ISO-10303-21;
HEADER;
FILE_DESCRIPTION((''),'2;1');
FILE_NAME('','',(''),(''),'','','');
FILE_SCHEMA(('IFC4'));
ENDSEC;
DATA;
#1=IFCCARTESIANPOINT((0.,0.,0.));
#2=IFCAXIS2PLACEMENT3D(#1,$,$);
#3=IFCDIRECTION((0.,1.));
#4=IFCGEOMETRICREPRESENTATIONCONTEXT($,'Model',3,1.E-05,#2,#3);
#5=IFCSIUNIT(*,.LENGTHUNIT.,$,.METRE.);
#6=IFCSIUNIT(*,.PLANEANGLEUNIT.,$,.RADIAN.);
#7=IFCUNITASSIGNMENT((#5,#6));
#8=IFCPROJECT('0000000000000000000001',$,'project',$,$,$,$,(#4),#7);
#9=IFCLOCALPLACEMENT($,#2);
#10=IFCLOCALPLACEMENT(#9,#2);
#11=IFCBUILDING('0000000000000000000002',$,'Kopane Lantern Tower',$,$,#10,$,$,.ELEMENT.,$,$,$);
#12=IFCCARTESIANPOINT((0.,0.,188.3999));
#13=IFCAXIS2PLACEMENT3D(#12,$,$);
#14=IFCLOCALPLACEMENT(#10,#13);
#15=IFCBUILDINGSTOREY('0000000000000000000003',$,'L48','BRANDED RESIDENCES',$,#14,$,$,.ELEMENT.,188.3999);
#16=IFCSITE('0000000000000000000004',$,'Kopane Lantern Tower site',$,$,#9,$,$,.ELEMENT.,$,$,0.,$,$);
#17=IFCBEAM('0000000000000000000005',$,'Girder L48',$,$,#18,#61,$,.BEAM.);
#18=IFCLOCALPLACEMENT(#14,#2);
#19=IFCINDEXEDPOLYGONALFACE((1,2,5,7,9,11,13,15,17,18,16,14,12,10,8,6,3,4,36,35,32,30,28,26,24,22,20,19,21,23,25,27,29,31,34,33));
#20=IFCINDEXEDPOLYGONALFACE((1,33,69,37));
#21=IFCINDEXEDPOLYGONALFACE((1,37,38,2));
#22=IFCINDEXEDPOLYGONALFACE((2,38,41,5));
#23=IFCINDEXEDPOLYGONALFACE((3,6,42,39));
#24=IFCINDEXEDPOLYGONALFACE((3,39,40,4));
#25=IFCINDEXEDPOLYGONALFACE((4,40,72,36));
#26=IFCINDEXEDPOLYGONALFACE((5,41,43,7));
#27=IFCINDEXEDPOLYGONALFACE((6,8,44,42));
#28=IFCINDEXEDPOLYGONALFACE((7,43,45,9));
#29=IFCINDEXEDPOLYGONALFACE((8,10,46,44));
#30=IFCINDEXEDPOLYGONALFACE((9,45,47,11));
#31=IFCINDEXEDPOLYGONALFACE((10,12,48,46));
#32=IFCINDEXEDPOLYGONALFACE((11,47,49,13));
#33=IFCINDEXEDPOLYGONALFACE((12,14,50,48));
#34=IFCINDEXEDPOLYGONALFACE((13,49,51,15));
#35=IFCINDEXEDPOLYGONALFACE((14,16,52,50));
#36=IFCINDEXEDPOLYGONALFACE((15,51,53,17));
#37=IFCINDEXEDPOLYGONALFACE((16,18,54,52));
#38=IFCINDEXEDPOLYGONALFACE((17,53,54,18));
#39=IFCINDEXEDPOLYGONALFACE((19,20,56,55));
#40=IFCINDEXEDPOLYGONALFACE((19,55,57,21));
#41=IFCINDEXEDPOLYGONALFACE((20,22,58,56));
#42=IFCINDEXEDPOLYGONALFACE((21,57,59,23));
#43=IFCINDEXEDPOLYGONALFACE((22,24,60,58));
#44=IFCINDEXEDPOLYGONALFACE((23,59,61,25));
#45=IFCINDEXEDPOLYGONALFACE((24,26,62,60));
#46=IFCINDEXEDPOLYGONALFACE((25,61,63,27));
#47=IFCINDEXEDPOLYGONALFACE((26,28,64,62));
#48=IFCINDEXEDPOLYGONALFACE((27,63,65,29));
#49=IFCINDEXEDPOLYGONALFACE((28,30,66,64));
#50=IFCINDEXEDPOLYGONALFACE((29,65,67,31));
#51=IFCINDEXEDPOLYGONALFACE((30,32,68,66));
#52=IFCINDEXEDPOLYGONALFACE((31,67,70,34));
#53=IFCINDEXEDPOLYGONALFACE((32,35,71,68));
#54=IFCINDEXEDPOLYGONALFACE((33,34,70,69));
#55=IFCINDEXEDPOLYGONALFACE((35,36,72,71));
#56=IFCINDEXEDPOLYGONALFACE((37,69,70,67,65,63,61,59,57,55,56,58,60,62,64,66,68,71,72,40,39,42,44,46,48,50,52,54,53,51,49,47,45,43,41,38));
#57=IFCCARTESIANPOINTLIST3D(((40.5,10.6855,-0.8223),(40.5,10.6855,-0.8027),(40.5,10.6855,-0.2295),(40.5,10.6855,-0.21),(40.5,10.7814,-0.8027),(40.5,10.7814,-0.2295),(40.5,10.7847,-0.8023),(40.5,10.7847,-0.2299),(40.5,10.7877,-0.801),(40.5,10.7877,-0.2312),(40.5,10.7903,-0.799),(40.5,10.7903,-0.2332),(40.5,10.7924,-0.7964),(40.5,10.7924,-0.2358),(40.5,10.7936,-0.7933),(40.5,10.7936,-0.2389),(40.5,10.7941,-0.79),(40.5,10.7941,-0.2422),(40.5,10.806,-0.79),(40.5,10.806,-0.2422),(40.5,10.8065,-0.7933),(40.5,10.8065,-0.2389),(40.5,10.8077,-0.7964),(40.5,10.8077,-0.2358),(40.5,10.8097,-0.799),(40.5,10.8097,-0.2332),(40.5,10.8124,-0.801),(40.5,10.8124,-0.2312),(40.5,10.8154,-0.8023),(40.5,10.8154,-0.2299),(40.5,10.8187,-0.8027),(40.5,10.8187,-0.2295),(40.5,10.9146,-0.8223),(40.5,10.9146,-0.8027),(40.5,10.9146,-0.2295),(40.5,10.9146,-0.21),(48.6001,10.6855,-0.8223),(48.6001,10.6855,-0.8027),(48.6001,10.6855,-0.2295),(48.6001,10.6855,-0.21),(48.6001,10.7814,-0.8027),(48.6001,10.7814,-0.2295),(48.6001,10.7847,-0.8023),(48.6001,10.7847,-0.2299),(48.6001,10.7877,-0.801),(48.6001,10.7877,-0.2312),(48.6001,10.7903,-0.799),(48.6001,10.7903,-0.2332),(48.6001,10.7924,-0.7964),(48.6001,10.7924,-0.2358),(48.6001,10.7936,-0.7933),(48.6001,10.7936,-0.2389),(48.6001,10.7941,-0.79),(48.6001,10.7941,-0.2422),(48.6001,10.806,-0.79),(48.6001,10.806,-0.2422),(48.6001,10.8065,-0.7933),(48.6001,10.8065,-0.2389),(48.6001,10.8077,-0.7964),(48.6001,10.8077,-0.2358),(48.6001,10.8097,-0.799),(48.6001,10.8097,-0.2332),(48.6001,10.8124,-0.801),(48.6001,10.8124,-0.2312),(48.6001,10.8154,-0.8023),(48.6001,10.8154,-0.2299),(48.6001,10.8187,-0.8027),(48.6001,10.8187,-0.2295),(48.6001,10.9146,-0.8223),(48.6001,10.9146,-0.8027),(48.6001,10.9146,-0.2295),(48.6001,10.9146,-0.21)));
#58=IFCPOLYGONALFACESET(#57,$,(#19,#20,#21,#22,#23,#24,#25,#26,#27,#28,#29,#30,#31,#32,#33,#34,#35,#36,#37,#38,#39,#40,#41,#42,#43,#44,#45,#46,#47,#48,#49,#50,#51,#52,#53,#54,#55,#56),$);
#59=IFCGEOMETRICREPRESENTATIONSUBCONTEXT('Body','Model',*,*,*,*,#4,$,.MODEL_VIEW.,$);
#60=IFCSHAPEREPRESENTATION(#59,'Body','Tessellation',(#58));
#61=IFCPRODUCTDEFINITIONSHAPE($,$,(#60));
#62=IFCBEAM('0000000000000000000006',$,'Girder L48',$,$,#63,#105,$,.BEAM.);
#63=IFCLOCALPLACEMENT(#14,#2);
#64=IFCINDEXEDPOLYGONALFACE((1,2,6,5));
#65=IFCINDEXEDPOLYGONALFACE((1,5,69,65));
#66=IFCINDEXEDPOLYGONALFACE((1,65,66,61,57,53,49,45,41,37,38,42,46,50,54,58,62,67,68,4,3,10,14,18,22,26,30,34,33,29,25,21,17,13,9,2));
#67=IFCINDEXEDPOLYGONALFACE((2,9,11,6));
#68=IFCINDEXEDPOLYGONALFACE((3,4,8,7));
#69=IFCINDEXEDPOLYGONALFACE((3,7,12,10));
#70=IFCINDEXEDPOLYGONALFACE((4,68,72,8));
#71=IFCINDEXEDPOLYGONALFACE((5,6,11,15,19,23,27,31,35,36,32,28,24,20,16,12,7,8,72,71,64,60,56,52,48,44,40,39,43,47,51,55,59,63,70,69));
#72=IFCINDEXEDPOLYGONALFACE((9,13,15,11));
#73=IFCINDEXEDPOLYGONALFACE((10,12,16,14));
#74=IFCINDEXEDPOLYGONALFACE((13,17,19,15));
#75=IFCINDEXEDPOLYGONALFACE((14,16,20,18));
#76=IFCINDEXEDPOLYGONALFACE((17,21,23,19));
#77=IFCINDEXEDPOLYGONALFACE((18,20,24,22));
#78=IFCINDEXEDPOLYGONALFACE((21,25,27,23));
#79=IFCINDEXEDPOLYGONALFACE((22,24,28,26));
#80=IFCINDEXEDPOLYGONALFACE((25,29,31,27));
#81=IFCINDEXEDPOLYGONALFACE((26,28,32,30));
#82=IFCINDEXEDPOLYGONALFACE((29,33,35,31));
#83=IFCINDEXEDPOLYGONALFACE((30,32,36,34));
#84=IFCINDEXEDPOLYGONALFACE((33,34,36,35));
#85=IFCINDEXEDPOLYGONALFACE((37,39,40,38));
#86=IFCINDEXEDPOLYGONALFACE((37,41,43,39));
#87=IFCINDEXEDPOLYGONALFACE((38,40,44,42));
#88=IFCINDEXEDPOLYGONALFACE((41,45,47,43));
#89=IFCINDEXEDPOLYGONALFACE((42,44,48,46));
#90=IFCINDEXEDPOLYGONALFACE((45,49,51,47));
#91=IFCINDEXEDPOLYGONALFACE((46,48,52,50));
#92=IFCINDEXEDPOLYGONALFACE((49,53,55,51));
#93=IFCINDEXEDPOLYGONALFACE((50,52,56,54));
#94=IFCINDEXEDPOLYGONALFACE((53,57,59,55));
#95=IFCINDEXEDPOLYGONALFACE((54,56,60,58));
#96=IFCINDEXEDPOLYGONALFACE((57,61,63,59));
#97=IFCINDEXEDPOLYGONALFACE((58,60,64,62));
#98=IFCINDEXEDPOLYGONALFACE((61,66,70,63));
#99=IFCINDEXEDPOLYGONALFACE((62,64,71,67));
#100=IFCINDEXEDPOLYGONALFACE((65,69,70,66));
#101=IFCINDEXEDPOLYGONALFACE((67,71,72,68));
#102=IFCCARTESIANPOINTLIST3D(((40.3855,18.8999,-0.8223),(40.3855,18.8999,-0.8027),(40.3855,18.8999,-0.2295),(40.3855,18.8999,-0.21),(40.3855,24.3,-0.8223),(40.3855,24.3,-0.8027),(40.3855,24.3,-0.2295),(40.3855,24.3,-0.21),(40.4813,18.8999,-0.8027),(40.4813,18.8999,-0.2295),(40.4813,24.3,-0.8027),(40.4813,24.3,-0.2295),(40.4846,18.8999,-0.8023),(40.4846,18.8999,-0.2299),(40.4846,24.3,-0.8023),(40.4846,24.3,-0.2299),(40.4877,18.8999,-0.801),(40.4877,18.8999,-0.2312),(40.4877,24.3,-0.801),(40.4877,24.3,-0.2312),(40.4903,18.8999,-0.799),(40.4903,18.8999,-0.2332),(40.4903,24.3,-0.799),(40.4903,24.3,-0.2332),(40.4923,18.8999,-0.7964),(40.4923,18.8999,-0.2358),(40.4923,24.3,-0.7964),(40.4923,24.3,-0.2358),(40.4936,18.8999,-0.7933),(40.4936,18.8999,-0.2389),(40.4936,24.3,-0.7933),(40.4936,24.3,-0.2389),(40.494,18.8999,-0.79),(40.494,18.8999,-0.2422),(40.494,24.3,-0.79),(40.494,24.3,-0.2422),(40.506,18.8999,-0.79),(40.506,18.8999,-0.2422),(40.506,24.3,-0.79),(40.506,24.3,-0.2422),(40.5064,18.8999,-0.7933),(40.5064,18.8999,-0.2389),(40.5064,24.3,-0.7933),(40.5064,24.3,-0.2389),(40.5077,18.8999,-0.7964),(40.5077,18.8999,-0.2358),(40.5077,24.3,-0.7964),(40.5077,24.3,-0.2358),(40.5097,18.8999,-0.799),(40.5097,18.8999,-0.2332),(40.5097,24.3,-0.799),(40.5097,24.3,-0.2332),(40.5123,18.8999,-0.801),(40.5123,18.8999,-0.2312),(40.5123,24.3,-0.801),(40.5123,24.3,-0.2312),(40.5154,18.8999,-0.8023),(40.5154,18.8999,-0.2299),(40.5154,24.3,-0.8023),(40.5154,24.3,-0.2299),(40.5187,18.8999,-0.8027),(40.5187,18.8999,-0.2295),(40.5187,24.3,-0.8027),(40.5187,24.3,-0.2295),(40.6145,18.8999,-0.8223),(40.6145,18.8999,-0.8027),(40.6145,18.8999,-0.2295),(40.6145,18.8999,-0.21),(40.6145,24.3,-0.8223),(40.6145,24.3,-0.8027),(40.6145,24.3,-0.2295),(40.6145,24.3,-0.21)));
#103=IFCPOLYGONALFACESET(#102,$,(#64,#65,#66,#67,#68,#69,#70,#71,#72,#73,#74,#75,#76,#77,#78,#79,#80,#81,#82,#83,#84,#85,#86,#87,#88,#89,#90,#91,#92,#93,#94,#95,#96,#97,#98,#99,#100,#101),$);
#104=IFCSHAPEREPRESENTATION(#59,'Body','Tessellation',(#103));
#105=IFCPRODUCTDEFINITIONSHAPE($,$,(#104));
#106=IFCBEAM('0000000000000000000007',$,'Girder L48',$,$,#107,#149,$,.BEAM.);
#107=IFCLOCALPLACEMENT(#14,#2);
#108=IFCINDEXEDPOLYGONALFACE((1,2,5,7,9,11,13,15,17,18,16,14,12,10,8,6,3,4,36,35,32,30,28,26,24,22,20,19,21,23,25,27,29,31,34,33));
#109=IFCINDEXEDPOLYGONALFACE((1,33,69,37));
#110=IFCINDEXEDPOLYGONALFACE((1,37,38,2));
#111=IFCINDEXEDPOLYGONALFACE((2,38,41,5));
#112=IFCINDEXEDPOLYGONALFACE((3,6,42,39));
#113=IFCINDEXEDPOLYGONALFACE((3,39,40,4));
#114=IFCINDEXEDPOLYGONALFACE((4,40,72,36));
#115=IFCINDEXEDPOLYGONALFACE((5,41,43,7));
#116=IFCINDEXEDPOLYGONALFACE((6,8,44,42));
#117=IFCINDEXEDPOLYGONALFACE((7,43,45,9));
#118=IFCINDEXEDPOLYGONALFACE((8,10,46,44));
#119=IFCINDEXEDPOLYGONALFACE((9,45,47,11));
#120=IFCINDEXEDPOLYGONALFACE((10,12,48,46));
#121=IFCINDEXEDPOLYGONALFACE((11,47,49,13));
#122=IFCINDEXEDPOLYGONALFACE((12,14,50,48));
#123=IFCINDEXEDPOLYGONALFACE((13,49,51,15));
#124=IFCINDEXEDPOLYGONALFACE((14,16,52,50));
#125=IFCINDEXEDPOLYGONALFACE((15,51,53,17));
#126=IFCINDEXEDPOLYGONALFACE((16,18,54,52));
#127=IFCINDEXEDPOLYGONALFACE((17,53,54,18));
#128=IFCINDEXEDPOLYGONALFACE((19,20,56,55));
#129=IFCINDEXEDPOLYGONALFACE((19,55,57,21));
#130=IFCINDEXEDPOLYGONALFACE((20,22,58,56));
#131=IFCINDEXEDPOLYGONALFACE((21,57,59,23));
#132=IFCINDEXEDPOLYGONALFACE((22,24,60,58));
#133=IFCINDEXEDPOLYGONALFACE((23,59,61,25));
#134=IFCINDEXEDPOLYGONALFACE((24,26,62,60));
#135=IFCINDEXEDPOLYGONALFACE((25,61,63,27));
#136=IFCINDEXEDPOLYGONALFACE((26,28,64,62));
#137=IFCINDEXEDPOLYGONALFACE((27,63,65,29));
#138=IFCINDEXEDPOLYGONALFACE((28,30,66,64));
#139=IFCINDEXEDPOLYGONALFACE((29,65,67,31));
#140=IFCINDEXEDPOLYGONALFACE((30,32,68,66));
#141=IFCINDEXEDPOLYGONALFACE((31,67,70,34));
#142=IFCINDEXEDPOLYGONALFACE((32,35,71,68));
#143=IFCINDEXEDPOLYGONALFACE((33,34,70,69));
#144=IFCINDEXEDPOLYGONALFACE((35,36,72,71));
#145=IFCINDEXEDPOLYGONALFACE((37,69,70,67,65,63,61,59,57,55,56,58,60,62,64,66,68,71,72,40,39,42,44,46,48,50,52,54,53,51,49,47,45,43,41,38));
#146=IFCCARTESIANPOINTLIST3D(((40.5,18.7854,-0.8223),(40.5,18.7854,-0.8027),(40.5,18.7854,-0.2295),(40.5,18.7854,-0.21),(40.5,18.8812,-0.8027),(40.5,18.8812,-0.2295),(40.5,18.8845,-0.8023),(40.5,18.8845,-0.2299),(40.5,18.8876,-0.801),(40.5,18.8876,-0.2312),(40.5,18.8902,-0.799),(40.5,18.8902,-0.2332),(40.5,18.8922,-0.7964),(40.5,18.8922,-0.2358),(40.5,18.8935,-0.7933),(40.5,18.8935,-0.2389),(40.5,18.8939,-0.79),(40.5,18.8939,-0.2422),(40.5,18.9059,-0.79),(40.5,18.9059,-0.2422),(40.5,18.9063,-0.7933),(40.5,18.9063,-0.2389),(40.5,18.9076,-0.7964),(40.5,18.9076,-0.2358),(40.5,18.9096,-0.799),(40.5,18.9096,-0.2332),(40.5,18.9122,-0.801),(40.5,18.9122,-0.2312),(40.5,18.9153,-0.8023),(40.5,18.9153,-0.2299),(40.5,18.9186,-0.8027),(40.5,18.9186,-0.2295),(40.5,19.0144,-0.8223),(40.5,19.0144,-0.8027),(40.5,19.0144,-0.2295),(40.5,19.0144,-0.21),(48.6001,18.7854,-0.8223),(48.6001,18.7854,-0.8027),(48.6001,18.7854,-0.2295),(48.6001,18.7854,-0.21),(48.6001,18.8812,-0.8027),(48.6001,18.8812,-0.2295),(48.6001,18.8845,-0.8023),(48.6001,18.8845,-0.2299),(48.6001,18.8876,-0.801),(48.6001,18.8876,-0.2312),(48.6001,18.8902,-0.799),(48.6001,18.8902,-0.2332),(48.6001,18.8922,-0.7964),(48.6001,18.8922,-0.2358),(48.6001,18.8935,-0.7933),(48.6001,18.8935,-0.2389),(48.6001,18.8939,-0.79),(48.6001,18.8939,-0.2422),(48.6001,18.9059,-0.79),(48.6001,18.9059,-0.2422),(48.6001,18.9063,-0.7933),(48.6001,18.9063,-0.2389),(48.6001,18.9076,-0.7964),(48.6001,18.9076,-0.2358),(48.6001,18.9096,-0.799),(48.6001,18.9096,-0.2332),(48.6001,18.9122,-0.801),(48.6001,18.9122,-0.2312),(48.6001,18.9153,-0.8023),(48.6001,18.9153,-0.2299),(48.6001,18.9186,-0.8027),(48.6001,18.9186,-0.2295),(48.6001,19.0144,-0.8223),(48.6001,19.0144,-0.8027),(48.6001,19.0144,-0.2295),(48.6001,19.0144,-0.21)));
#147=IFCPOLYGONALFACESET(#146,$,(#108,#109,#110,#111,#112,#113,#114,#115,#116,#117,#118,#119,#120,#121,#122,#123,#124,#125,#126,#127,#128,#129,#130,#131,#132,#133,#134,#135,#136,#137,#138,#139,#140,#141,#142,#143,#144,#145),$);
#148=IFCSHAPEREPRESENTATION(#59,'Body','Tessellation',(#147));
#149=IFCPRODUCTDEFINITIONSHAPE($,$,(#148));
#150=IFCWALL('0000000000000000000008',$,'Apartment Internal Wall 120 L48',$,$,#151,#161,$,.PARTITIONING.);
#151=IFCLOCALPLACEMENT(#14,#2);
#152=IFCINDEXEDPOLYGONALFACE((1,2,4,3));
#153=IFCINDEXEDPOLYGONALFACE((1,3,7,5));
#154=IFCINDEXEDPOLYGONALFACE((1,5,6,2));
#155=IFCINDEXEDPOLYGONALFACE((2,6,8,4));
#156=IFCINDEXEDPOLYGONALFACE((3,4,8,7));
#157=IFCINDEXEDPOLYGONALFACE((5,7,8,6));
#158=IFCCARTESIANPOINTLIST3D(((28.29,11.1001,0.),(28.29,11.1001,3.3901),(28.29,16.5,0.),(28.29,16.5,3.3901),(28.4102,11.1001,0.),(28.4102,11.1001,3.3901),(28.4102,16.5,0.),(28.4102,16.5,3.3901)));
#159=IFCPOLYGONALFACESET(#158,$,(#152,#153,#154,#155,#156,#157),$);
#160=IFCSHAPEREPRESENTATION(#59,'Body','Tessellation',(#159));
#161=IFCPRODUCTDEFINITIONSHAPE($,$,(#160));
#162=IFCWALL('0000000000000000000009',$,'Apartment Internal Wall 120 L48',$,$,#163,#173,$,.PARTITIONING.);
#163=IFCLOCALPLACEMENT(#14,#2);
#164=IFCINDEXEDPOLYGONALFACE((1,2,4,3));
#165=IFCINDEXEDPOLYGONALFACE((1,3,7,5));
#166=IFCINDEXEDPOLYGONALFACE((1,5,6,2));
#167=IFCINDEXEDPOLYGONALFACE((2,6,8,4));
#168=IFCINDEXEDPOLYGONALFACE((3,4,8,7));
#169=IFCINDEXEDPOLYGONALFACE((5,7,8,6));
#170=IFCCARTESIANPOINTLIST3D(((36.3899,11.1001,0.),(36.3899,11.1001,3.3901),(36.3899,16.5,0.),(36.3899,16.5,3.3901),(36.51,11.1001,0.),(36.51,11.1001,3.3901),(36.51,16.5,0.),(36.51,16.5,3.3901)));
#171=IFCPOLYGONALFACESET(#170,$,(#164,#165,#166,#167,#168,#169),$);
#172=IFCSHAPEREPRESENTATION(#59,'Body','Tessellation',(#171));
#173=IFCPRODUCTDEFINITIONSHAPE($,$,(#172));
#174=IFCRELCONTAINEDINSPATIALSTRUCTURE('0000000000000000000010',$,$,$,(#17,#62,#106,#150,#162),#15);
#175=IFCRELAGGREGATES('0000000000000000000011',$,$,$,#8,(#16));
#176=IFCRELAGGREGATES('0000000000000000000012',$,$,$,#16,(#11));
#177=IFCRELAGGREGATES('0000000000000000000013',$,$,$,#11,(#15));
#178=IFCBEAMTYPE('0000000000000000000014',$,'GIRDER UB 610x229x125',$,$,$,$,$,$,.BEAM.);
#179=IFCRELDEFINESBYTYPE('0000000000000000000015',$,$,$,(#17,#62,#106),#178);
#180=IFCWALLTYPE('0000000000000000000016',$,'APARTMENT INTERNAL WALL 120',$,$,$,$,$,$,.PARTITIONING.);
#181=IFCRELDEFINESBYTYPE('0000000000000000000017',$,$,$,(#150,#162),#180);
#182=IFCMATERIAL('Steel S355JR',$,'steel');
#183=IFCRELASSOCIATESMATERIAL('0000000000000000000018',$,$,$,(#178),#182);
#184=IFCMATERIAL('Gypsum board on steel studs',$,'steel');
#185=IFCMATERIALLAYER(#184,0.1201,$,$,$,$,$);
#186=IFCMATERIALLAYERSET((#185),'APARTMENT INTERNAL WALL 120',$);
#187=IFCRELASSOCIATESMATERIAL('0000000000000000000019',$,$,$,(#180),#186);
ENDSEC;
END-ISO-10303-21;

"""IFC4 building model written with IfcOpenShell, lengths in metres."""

from ifc_helpers import new_model, si_unit, direction, frame, frame_2d, origin, origin_2d, place, context, subcontext, project, spatial, rectangle, i_section, extrude, material, layer, layer_set, material_profile, profile_set, type_object, element, save


model = new_model("IFC4")

# Units and contexts
model_context = context("Model", 3, precision=1e-05, world=origin(), true_north=direction((0.0, 1.0)))
body_context = subcontext(model_context, "Body", "Model", "MODEL_VIEW")
ifc_project = project(units=[si_unit("LENGTHUNIT", "METRE"), si_unit("PLANEANGLEUNIT", "RADIAN")], contexts=[model_context])

# Site, building, storey
site_placement = place(None, origin())
site = spatial("IfcSite", under=ifc_project, at=site_placement, Name="Kopane Lantern Tower site", CompositionType="ELEMENT", RefElevation=0.0)
building_placement = place(site_placement, origin())
building = spatial("IfcBuilding", under=site, at=building_placement, Name="Kopane Lantern Tower", CompositionType="ELEMENT")
storey_placement = place(building_placement, frame((0.0, 0.0, 188.3999)))
storey = spatial("IfcBuildingStorey", under=building, at=storey_placement, Name="L48", Description="BRANDED RESIDENCES", CompositionType="ELEMENT", Elevation=188.3999)

# Beams
ifc_material_1 = material(Name="Steel S355JR", Category="steel")
ifc_material_profile_1 = material_profile(ifc_material_1, i_section(OverallWidth=0.229, OverallDepth=0.6123, WebThickness=0.012, FlangeThickness=0.0195, FilletRadius=0.0127, at=origin_2d()), Name="UB 610x229x125")
ifc_profile_set_1 = profile_set([ifc_material_profile_1], Name="Steel S355JR")
beam_type = type_object("IfcBeamType", Name="GIRDER UB 610x229x125", PredefinedType="BEAM", material=ifc_profile_set_1)
beam_1_placement = place(storey_placement, frame((40.5, 10.8, -0.5161), z_axis=(1.0, 0.0, 0.0), x_axis=(0.0, 1.0, 0.0)))
element("IfcBeam", 1, at=beam_1_placement, inside=storey, type_object=beam_type, Name="Girder L48", PredefinedType="BEAM", context=body_context, shape_type="SweptSolid", body=[
    extrude(i_section(OverallWidth=0.229, OverallDepth=0.6123, WebThickness=0.012, FlangeThickness=0.0195, FilletRadius=0.0127, at=origin_2d()), origin(), (0.0, 0.0, 1.0), 8.1001),
])
beam_2_placement = place(storey_placement, frame((40.5, 18.8999, -0.5161), z_axis=(0.0, 1.0, 0.0), x_axis=(-1.0, 0.0, 0.0)))
element("IfcBeam", 2, at=beam_2_placement, inside=storey, type_object=beam_type, Name="Girder L48", PredefinedType="BEAM", context=body_context, shape_type="SweptSolid", body=[
    extrude(i_section(OverallWidth=0.229, OverallDepth=0.6123, WebThickness=0.012, FlangeThickness=0.0195, FilletRadius=0.0127, at=origin_2d()), origin(), (0.0, 0.0, 1.0), 5.4001),
])
beam_3_placement = place(storey_placement, frame((40.5, 18.8999, -0.5161), z_axis=(1.0, 0.0, 0.0), x_axis=(0.0, 1.0, 0.0)))
element("IfcBeam", 3, at=beam_3_placement, inside=storey, type_object=beam_type, Name="Girder L48", PredefinedType="BEAM", context=body_context, shape_type="SweptSolid", body=[
    extrude(i_section(OverallWidth=0.229, OverallDepth=0.6123, WebThickness=0.012, FlangeThickness=0.0195, FilletRadius=0.0127, at=origin_2d()), origin(), (0.0, 0.0, 1.0), 8.1001),
])

# Walls
ifc_material_2 = material(Name="Gypsum board on steel studs", Category="steel")
ifc_layer_1 = layer(ifc_material_2, 0.1201)
ifc_layer_set_1 = layer_set([ifc_layer_1], Name="APARTMENT INTERNAL WALL 120")
wall_type_1 = type_object("IfcWallType", Name="APARTMENT INTERNAL WALL 120", PredefinedType="PARTITIONING", material=ifc_layer_set_1)
for number, where, z_axis, x_axis, name in (
    (4, (28.3501, 16.5, 0.0), (0.0, 0.0, 1.0), (0.0, -1.0, 0.0), "Apartment Internal Wall 120 L48"),
    (5, (36.45, 16.5, 0.0), (0.0, 0.0, 1.0), (0.0, -1.0, 0.0), "Apartment Internal Wall 120 L48"),
):
    element("IfcWall", number, at=place(storey_placement, frame(where, z_axis=z_axis, x_axis=x_axis)), inside=storey, type_object=wall_type_1, Name=name, PredefinedType="PARTITIONING", context=body_context, shape_type="SweptSolid", body=[
        extrude(rectangle(XDim=5.3999, YDim=0.1201, at=frame_2d((2.7, 0.0))), origin(), (0.0, 0.0, 1.0), 3.3901),
    ])

save(model, "model.ifc")
